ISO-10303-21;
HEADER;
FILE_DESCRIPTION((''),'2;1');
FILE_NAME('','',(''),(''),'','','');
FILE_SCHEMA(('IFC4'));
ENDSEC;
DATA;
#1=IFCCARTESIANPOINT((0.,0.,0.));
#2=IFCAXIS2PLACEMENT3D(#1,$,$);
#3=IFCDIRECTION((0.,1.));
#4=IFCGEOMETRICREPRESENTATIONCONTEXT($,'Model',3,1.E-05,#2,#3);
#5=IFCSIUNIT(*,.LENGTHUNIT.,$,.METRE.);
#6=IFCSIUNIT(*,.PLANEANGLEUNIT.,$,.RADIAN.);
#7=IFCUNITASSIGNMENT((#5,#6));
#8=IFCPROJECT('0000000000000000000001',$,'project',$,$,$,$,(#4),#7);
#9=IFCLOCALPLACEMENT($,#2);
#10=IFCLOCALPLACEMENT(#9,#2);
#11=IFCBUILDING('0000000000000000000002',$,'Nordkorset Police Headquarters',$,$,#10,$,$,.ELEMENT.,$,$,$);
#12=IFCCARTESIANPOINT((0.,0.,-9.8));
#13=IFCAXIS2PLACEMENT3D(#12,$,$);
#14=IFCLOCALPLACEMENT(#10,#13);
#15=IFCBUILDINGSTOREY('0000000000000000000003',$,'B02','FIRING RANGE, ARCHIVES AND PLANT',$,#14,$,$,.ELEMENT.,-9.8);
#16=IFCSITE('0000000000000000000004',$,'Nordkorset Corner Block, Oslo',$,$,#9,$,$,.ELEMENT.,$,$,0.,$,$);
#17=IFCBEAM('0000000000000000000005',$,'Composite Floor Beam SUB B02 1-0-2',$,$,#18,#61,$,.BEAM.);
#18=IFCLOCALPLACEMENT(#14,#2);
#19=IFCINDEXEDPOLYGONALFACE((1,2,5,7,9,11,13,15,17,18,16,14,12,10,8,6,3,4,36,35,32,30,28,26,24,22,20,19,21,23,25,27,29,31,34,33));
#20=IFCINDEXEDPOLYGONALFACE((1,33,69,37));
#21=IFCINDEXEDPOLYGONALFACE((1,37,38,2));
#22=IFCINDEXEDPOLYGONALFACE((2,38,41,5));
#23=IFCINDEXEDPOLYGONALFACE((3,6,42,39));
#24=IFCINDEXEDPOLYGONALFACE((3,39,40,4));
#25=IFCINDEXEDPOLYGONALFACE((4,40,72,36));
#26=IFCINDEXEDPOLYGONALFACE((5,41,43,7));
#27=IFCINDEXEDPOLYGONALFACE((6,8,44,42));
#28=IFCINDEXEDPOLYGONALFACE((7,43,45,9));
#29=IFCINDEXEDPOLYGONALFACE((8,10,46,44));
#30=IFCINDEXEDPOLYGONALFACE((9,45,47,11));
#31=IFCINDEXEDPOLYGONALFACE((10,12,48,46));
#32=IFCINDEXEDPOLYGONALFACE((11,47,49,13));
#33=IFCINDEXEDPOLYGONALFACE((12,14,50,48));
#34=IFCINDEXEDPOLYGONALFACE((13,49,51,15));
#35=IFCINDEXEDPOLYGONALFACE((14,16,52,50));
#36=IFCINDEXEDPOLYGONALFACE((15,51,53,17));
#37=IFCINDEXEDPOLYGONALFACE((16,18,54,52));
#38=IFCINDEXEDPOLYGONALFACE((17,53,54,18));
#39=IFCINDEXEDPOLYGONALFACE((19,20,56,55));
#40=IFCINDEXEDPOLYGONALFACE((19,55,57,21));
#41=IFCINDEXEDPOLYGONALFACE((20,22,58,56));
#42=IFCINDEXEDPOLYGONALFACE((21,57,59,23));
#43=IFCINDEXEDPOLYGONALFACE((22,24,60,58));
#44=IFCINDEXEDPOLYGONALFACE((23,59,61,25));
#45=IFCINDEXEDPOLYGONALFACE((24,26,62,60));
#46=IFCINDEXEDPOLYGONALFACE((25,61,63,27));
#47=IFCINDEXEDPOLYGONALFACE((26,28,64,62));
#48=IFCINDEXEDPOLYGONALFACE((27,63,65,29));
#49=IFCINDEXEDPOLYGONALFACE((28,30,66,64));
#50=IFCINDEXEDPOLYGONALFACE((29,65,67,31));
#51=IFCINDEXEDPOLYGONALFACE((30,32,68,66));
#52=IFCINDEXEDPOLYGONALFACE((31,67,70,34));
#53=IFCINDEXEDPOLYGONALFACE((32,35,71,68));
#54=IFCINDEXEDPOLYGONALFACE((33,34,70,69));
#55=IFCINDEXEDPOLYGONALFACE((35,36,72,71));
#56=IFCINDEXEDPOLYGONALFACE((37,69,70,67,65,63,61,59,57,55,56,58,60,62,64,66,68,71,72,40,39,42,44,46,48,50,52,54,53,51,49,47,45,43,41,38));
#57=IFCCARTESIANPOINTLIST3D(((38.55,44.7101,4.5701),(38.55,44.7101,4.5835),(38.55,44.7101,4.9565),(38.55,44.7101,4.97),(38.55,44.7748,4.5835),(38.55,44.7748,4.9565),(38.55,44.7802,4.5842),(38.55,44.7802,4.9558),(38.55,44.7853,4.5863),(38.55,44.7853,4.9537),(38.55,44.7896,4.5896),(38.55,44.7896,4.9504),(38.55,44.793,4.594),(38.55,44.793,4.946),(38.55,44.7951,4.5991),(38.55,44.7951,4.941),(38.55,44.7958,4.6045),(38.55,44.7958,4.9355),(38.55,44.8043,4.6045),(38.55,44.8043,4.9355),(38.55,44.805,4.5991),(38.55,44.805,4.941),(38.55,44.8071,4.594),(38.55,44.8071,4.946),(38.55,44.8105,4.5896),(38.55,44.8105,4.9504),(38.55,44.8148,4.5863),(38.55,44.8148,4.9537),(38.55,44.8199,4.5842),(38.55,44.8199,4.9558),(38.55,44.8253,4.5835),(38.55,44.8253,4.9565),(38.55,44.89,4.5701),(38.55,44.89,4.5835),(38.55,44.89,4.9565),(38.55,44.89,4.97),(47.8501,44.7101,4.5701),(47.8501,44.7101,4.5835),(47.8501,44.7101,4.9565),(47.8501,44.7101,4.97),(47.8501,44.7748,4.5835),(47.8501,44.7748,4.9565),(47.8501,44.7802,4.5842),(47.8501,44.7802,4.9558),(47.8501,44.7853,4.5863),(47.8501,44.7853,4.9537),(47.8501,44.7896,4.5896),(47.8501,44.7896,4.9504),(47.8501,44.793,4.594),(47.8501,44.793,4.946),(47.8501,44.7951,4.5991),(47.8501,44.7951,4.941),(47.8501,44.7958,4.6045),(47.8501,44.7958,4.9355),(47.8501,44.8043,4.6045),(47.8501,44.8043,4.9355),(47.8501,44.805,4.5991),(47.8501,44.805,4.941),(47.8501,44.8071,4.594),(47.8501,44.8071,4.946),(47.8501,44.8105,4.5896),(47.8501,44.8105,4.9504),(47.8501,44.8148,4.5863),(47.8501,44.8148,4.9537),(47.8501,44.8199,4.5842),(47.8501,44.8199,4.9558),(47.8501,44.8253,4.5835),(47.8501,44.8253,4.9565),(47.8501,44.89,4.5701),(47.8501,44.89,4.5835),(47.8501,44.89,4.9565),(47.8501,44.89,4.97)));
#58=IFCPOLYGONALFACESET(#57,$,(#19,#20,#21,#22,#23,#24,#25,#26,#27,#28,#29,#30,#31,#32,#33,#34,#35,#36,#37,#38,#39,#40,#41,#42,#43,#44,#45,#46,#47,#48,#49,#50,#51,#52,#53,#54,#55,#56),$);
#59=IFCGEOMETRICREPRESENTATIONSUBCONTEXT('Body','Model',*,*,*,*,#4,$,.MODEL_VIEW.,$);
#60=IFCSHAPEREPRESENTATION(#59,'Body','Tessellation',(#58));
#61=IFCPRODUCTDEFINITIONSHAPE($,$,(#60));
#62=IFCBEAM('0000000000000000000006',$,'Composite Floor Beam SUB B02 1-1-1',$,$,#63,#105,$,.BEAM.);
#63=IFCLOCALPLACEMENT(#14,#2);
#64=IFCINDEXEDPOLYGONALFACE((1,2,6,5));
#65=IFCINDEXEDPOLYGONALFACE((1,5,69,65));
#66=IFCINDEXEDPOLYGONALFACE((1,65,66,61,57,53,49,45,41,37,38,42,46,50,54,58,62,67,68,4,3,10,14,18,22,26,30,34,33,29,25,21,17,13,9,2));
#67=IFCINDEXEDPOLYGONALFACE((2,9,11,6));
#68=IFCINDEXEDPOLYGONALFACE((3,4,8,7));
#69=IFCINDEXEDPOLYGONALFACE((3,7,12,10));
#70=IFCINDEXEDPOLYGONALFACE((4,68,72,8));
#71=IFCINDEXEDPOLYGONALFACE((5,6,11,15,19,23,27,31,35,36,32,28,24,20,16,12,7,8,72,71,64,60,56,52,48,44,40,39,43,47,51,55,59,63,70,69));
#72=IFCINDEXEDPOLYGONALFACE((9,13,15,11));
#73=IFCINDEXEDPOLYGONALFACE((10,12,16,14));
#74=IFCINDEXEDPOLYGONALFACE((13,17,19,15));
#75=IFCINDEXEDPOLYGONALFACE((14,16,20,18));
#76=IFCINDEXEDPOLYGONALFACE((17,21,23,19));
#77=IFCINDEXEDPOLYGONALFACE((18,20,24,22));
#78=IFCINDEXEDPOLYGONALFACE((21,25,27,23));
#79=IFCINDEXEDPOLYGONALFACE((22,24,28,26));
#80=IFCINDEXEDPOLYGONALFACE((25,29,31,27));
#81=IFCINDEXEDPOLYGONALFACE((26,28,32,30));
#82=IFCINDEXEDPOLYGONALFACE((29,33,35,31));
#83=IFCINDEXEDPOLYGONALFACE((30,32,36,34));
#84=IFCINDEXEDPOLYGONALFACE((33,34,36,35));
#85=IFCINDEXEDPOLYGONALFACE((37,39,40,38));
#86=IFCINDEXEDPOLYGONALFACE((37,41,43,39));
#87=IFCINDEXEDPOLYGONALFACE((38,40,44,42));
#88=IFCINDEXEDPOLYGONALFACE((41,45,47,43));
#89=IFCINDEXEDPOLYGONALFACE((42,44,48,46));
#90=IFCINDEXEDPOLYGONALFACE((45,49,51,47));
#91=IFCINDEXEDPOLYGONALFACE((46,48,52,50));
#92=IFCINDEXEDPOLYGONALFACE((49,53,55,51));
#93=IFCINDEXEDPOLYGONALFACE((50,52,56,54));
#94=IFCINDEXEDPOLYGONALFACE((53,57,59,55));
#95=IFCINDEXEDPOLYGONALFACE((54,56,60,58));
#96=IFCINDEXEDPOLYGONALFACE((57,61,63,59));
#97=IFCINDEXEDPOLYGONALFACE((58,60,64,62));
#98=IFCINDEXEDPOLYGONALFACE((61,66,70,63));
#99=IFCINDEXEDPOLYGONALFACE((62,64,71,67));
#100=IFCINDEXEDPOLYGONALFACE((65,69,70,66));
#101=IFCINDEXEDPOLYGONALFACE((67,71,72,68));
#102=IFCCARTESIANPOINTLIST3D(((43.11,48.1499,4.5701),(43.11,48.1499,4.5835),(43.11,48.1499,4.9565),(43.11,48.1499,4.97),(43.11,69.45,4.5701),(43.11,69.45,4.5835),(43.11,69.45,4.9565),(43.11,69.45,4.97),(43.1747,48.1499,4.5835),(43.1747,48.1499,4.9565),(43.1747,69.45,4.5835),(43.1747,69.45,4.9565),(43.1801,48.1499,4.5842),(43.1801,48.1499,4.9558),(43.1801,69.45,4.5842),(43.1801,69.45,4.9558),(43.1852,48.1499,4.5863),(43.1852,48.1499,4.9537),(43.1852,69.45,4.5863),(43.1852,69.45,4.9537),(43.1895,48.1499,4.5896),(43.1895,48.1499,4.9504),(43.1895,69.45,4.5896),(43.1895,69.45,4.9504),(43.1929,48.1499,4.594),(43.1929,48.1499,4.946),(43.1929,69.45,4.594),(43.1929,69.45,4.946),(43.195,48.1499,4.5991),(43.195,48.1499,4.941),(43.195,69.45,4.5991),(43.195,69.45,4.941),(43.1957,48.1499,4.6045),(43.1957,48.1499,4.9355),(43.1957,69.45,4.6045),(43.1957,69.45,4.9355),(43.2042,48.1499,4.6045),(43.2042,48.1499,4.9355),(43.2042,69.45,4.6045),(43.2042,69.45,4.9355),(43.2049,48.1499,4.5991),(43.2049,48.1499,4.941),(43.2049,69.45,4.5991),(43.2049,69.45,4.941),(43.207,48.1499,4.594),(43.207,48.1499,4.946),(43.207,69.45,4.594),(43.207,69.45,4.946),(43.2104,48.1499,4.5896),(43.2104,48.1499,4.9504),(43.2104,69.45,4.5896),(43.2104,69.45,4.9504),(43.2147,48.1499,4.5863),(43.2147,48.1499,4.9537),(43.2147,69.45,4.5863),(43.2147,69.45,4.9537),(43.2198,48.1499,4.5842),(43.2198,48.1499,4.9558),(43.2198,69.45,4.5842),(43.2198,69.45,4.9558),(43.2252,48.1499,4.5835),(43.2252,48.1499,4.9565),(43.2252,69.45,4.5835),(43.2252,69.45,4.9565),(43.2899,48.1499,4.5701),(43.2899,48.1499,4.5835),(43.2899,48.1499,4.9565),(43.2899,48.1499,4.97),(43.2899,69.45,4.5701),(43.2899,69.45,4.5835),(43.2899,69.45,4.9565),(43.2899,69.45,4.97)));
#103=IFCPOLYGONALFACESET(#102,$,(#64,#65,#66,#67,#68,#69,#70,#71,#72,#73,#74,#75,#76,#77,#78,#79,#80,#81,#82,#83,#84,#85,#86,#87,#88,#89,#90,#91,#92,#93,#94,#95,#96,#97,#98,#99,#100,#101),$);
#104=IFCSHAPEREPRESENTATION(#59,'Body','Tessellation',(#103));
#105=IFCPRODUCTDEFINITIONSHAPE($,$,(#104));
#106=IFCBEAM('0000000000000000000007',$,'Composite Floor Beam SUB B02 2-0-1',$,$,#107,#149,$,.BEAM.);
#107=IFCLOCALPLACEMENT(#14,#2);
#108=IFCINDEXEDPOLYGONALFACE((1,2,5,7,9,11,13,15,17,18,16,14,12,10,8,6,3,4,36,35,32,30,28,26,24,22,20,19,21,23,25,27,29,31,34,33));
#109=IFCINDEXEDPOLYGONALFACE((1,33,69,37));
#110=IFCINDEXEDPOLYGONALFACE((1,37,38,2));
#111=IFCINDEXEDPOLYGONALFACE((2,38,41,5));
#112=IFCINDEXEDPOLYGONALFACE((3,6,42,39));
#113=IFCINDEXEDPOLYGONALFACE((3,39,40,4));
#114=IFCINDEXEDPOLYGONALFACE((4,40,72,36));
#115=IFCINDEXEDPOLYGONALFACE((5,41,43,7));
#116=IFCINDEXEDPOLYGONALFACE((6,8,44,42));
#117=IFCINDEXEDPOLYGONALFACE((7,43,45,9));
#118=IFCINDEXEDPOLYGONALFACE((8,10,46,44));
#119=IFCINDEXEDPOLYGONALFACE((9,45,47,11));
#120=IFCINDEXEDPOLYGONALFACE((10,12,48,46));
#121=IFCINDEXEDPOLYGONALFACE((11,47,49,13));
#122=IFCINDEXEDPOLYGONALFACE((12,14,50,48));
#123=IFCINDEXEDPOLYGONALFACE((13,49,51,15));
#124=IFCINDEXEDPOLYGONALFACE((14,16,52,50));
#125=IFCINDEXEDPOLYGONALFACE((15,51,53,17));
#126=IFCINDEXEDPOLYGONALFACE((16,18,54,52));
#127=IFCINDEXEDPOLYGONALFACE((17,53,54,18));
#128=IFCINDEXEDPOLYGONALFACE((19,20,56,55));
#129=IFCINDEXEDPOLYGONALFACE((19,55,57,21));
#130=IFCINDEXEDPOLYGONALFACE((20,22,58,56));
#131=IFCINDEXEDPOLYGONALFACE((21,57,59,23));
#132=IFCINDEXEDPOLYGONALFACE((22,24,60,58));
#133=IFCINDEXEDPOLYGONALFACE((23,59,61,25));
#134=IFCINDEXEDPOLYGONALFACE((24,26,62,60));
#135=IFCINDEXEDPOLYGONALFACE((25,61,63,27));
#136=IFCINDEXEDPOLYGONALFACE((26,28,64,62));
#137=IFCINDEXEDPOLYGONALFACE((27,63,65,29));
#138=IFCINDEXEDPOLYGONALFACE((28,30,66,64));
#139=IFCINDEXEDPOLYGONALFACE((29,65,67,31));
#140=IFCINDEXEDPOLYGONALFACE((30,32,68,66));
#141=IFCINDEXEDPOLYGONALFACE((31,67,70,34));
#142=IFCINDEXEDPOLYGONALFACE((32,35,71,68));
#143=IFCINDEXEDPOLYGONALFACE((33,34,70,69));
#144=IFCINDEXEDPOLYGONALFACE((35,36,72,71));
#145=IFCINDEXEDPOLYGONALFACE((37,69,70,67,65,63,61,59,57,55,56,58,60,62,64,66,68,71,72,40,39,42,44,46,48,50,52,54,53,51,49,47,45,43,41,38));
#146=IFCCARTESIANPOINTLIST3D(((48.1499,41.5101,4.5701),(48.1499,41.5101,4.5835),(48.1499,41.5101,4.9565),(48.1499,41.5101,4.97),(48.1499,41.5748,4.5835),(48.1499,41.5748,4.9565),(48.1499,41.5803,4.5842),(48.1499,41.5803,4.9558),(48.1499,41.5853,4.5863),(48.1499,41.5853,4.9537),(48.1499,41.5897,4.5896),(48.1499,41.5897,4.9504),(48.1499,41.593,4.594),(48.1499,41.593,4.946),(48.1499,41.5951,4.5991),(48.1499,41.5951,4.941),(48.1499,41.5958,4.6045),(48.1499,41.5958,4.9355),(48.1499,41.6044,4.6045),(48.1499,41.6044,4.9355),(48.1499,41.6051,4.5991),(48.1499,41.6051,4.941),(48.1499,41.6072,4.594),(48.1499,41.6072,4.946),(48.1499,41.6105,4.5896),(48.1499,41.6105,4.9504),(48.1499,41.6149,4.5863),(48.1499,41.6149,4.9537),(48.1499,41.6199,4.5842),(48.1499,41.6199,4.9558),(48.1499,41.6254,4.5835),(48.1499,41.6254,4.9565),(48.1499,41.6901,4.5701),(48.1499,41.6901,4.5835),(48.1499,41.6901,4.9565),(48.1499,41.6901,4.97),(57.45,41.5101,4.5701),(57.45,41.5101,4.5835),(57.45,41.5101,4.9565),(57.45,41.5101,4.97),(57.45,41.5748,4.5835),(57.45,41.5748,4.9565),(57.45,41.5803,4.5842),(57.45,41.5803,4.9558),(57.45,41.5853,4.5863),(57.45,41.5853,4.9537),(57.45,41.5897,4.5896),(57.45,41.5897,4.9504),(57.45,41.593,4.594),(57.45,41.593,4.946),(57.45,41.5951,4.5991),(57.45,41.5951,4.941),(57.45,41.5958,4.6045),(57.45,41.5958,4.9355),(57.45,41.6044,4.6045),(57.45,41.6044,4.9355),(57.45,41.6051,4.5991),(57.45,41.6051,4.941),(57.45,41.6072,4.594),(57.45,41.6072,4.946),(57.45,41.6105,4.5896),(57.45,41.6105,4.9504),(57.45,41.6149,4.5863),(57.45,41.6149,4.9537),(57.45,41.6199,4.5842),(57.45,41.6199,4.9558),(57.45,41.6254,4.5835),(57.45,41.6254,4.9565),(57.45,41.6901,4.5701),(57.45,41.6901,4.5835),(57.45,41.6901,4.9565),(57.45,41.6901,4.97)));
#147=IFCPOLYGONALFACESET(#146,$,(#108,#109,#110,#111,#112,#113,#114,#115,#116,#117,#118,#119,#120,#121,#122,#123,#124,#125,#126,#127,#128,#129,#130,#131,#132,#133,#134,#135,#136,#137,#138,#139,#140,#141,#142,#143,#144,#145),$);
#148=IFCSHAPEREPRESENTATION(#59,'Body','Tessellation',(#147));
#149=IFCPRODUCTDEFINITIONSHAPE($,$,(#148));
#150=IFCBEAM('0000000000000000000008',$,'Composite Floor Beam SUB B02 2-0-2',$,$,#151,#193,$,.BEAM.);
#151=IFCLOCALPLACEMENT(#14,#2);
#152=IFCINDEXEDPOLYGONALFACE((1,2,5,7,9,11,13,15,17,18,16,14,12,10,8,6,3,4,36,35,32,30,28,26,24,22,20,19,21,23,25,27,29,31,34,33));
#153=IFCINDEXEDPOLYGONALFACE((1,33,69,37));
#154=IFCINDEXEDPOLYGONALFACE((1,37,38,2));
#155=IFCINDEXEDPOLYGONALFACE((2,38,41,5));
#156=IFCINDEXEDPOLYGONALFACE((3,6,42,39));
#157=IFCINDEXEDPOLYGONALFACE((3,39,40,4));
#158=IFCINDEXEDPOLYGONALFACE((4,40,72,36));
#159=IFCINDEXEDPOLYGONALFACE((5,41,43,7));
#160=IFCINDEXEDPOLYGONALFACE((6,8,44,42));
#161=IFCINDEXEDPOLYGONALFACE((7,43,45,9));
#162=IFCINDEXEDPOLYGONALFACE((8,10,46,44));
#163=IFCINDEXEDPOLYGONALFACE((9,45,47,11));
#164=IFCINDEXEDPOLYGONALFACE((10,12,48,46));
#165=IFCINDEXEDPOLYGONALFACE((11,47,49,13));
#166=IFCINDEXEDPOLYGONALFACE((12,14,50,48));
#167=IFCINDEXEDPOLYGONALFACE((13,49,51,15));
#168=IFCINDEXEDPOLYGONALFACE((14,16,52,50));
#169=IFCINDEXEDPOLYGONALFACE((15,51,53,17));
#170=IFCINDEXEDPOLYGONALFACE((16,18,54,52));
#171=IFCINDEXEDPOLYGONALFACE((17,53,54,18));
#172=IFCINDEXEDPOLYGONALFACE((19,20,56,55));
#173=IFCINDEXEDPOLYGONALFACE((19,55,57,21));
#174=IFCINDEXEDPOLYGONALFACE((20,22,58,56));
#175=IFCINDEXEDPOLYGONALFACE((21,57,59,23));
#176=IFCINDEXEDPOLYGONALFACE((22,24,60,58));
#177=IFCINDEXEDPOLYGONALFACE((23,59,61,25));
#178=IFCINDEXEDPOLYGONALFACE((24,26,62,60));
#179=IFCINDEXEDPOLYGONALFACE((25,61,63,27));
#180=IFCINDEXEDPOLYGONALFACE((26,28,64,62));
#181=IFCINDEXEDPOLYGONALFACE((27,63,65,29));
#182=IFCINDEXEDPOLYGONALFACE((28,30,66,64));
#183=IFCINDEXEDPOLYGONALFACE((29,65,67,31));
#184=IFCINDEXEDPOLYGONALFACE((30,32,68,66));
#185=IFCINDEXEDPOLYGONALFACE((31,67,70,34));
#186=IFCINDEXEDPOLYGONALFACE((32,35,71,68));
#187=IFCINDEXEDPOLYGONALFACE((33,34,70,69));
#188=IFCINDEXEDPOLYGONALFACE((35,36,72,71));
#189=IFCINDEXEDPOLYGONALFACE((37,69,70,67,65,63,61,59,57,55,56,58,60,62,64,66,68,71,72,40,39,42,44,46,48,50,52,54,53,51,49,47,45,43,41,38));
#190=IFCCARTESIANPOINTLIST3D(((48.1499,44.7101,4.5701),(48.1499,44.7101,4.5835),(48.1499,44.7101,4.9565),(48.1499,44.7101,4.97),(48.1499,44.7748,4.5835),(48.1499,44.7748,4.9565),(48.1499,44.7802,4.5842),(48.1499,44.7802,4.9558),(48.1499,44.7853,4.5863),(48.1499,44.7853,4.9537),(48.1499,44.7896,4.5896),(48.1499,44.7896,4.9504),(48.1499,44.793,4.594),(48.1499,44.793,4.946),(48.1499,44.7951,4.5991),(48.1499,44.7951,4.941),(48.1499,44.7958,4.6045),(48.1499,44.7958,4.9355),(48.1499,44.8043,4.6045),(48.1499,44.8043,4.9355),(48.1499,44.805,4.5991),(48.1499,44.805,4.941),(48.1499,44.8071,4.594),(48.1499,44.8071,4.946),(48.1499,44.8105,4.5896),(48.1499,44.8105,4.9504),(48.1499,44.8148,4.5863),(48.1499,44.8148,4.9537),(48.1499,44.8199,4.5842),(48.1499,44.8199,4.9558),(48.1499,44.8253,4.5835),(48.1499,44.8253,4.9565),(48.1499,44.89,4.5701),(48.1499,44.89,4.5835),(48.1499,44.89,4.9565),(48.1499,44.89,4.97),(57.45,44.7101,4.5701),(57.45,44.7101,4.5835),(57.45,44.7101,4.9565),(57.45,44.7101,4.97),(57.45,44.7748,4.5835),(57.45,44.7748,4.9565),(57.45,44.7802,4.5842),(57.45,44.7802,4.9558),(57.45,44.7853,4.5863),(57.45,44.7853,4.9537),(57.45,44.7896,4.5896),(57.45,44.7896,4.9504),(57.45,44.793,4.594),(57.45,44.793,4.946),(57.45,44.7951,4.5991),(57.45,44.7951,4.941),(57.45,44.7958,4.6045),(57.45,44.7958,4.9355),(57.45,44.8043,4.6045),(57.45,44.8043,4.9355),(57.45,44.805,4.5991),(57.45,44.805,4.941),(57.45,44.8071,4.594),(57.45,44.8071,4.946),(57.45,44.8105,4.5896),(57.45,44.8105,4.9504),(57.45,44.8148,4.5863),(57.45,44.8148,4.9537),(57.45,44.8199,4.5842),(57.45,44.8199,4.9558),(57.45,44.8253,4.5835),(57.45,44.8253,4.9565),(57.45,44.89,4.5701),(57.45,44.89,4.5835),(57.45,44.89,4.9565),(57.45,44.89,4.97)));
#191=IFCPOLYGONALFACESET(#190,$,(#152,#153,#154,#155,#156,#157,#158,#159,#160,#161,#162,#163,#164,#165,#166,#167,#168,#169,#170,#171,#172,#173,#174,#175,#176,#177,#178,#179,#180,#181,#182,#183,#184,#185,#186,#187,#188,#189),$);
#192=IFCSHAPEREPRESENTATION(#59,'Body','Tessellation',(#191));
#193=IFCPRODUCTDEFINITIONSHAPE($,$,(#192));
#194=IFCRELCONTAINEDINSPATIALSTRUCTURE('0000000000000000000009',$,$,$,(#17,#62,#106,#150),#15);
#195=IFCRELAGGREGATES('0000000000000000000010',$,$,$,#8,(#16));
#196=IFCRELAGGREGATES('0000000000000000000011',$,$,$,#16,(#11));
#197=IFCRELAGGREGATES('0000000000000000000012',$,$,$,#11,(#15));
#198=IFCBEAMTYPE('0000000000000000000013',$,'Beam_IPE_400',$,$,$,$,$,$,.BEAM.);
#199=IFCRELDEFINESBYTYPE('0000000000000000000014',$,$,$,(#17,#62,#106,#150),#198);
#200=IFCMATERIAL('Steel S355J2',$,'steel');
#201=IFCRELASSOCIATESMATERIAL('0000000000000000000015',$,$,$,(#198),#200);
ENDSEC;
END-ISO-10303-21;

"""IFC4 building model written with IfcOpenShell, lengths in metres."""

from ifc_helpers import new_model, si_unit, direction, frame, origin, origin_2d, place, context, subcontext, project, spatial, i_section, extrude, material, material_profile, profile_set, type_object, element, save


model = new_model("IFC4")

# Units and contexts
model_context = context("Model", 3, precision=1e-05, world=origin(), true_north=direction((0.0, 1.0)))
body_context = subcontext(model_context, "Body", "Model", "MODEL_VIEW")
ifc_project = project(units=[si_unit("LENGTHUNIT", "METRE"), si_unit("PLANEANGLEUNIT", "RADIAN")], contexts=[model_context])

# Site, building, storey
site_placement = place(None, origin())
site = spatial("IfcSite", under=ifc_project, at=site_placement, Name="Nordkorset Corner Block, Oslo", CompositionType="ELEMENT", RefElevation=0.0)
building_placement = place(site_placement, origin())
building = spatial("IfcBuilding", under=site, at=building_placement, Name="Nordkorset Police Headquarters", CompositionType="ELEMENT")
storey_placement = place(building_placement, frame((0.0, 0.0, -9.8)))
storey = spatial("IfcBuildingStorey", under=building, at=storey_placement, Name="B02", Description="FIRING RANGE, ARCHIVES AND PLANT", CompositionType="ELEMENT", Elevation=-9.8)

# Beams
ifc_material_1 = material(Name="Steel S355J2", Category="steel")
ifc_material_profile_1 = material_profile(ifc_material_1, i_section(OverallWidth=0.1799, OverallDepth=0.3999, WebThickness=0.0085, FlangeThickness=0.0134, FilletRadius=0.021, at=origin_2d()), Name="IPE 400")
ifc_profile_set_1 = profile_set([ifc_material_profile_1], Name="Steel S355J2")
beam_type_1 = type_object("IfcBeamType", Name="Beam_IPE_400", PredefinedType="BEAM", material=ifc_profile_set_1)
beam_1_placement = place(storey_placement, frame((38.55, 44.8, 4.77), z_axis=(1.0, 0.0, 0.0), x_axis=(0.0, 1.0, 0.0)))
element("IfcBeam", 1, at=beam_1_placement, inside=storey, type_object=beam_type_1, Name="Composite Floor Beam SUB B02 1-0-2", PredefinedType="BEAM", context=body_context, shape_type="SweptSolid", body=[
    extrude(i_section(OverallWidth=0.1799, OverallDepth=0.3999, WebThickness=0.0085, FlangeThickness=0.0134, FilletRadius=0.021, at=origin_2d()), origin(), (0.0, 0.0, 1.0), 9.3),
])
beam_2_placement = place(storey_placement, frame((43.2, 48.1499, 4.77), z_axis=(0.0, 1.0, 0.0), x_axis=(-1.0, 0.0, 0.0)))
element("IfcBeam", 2, at=beam_2_placement, inside=storey, type_object=beam_type_1, Name="Composite Floor Beam SUB B02 1-1-1", PredefinedType="BEAM", context=body_context, shape_type="SweptSolid", body=[
    extrude(i_section(OverallWidth=0.1799, OverallDepth=0.3999, WebThickness=0.0085, FlangeThickness=0.0134, FilletRadius=0.021, at=origin_2d()), origin(), (0.0, 0.0, 1.0), 21.3),
])
for number, where, z_axis, x_axis, name in (
    (3, (48.1499, 41.6001, 4.77), (1.0, 0.0, 0.0), (0.0, 1.0, 0.0), "Composite Floor Beam SUB B02 2-0-1"),
    (4, (48.1499, 44.8, 4.77), (1.0, 0.0, 0.0), (0.0, 1.0, 0.0), "Composite Floor Beam SUB B02 2-0-2"),
):
    element("IfcBeam", number, at=place(storey_placement, frame(where, z_axis=z_axis, x_axis=x_axis)), inside=storey, type_object=beam_type_1, Name=name, PredefinedType="BEAM", context=body_context, shape_type="SweptSolid", body=[
        extrude(i_section(OverallWidth=0.1799, OverallDepth=0.3999, WebThickness=0.0085, FlangeThickness=0.0134, FilletRadius=0.021, at=origin_2d()), origin(), (0.0, 0.0, 1.0), 9.3),
    ])

save(model, "model.ifc")
